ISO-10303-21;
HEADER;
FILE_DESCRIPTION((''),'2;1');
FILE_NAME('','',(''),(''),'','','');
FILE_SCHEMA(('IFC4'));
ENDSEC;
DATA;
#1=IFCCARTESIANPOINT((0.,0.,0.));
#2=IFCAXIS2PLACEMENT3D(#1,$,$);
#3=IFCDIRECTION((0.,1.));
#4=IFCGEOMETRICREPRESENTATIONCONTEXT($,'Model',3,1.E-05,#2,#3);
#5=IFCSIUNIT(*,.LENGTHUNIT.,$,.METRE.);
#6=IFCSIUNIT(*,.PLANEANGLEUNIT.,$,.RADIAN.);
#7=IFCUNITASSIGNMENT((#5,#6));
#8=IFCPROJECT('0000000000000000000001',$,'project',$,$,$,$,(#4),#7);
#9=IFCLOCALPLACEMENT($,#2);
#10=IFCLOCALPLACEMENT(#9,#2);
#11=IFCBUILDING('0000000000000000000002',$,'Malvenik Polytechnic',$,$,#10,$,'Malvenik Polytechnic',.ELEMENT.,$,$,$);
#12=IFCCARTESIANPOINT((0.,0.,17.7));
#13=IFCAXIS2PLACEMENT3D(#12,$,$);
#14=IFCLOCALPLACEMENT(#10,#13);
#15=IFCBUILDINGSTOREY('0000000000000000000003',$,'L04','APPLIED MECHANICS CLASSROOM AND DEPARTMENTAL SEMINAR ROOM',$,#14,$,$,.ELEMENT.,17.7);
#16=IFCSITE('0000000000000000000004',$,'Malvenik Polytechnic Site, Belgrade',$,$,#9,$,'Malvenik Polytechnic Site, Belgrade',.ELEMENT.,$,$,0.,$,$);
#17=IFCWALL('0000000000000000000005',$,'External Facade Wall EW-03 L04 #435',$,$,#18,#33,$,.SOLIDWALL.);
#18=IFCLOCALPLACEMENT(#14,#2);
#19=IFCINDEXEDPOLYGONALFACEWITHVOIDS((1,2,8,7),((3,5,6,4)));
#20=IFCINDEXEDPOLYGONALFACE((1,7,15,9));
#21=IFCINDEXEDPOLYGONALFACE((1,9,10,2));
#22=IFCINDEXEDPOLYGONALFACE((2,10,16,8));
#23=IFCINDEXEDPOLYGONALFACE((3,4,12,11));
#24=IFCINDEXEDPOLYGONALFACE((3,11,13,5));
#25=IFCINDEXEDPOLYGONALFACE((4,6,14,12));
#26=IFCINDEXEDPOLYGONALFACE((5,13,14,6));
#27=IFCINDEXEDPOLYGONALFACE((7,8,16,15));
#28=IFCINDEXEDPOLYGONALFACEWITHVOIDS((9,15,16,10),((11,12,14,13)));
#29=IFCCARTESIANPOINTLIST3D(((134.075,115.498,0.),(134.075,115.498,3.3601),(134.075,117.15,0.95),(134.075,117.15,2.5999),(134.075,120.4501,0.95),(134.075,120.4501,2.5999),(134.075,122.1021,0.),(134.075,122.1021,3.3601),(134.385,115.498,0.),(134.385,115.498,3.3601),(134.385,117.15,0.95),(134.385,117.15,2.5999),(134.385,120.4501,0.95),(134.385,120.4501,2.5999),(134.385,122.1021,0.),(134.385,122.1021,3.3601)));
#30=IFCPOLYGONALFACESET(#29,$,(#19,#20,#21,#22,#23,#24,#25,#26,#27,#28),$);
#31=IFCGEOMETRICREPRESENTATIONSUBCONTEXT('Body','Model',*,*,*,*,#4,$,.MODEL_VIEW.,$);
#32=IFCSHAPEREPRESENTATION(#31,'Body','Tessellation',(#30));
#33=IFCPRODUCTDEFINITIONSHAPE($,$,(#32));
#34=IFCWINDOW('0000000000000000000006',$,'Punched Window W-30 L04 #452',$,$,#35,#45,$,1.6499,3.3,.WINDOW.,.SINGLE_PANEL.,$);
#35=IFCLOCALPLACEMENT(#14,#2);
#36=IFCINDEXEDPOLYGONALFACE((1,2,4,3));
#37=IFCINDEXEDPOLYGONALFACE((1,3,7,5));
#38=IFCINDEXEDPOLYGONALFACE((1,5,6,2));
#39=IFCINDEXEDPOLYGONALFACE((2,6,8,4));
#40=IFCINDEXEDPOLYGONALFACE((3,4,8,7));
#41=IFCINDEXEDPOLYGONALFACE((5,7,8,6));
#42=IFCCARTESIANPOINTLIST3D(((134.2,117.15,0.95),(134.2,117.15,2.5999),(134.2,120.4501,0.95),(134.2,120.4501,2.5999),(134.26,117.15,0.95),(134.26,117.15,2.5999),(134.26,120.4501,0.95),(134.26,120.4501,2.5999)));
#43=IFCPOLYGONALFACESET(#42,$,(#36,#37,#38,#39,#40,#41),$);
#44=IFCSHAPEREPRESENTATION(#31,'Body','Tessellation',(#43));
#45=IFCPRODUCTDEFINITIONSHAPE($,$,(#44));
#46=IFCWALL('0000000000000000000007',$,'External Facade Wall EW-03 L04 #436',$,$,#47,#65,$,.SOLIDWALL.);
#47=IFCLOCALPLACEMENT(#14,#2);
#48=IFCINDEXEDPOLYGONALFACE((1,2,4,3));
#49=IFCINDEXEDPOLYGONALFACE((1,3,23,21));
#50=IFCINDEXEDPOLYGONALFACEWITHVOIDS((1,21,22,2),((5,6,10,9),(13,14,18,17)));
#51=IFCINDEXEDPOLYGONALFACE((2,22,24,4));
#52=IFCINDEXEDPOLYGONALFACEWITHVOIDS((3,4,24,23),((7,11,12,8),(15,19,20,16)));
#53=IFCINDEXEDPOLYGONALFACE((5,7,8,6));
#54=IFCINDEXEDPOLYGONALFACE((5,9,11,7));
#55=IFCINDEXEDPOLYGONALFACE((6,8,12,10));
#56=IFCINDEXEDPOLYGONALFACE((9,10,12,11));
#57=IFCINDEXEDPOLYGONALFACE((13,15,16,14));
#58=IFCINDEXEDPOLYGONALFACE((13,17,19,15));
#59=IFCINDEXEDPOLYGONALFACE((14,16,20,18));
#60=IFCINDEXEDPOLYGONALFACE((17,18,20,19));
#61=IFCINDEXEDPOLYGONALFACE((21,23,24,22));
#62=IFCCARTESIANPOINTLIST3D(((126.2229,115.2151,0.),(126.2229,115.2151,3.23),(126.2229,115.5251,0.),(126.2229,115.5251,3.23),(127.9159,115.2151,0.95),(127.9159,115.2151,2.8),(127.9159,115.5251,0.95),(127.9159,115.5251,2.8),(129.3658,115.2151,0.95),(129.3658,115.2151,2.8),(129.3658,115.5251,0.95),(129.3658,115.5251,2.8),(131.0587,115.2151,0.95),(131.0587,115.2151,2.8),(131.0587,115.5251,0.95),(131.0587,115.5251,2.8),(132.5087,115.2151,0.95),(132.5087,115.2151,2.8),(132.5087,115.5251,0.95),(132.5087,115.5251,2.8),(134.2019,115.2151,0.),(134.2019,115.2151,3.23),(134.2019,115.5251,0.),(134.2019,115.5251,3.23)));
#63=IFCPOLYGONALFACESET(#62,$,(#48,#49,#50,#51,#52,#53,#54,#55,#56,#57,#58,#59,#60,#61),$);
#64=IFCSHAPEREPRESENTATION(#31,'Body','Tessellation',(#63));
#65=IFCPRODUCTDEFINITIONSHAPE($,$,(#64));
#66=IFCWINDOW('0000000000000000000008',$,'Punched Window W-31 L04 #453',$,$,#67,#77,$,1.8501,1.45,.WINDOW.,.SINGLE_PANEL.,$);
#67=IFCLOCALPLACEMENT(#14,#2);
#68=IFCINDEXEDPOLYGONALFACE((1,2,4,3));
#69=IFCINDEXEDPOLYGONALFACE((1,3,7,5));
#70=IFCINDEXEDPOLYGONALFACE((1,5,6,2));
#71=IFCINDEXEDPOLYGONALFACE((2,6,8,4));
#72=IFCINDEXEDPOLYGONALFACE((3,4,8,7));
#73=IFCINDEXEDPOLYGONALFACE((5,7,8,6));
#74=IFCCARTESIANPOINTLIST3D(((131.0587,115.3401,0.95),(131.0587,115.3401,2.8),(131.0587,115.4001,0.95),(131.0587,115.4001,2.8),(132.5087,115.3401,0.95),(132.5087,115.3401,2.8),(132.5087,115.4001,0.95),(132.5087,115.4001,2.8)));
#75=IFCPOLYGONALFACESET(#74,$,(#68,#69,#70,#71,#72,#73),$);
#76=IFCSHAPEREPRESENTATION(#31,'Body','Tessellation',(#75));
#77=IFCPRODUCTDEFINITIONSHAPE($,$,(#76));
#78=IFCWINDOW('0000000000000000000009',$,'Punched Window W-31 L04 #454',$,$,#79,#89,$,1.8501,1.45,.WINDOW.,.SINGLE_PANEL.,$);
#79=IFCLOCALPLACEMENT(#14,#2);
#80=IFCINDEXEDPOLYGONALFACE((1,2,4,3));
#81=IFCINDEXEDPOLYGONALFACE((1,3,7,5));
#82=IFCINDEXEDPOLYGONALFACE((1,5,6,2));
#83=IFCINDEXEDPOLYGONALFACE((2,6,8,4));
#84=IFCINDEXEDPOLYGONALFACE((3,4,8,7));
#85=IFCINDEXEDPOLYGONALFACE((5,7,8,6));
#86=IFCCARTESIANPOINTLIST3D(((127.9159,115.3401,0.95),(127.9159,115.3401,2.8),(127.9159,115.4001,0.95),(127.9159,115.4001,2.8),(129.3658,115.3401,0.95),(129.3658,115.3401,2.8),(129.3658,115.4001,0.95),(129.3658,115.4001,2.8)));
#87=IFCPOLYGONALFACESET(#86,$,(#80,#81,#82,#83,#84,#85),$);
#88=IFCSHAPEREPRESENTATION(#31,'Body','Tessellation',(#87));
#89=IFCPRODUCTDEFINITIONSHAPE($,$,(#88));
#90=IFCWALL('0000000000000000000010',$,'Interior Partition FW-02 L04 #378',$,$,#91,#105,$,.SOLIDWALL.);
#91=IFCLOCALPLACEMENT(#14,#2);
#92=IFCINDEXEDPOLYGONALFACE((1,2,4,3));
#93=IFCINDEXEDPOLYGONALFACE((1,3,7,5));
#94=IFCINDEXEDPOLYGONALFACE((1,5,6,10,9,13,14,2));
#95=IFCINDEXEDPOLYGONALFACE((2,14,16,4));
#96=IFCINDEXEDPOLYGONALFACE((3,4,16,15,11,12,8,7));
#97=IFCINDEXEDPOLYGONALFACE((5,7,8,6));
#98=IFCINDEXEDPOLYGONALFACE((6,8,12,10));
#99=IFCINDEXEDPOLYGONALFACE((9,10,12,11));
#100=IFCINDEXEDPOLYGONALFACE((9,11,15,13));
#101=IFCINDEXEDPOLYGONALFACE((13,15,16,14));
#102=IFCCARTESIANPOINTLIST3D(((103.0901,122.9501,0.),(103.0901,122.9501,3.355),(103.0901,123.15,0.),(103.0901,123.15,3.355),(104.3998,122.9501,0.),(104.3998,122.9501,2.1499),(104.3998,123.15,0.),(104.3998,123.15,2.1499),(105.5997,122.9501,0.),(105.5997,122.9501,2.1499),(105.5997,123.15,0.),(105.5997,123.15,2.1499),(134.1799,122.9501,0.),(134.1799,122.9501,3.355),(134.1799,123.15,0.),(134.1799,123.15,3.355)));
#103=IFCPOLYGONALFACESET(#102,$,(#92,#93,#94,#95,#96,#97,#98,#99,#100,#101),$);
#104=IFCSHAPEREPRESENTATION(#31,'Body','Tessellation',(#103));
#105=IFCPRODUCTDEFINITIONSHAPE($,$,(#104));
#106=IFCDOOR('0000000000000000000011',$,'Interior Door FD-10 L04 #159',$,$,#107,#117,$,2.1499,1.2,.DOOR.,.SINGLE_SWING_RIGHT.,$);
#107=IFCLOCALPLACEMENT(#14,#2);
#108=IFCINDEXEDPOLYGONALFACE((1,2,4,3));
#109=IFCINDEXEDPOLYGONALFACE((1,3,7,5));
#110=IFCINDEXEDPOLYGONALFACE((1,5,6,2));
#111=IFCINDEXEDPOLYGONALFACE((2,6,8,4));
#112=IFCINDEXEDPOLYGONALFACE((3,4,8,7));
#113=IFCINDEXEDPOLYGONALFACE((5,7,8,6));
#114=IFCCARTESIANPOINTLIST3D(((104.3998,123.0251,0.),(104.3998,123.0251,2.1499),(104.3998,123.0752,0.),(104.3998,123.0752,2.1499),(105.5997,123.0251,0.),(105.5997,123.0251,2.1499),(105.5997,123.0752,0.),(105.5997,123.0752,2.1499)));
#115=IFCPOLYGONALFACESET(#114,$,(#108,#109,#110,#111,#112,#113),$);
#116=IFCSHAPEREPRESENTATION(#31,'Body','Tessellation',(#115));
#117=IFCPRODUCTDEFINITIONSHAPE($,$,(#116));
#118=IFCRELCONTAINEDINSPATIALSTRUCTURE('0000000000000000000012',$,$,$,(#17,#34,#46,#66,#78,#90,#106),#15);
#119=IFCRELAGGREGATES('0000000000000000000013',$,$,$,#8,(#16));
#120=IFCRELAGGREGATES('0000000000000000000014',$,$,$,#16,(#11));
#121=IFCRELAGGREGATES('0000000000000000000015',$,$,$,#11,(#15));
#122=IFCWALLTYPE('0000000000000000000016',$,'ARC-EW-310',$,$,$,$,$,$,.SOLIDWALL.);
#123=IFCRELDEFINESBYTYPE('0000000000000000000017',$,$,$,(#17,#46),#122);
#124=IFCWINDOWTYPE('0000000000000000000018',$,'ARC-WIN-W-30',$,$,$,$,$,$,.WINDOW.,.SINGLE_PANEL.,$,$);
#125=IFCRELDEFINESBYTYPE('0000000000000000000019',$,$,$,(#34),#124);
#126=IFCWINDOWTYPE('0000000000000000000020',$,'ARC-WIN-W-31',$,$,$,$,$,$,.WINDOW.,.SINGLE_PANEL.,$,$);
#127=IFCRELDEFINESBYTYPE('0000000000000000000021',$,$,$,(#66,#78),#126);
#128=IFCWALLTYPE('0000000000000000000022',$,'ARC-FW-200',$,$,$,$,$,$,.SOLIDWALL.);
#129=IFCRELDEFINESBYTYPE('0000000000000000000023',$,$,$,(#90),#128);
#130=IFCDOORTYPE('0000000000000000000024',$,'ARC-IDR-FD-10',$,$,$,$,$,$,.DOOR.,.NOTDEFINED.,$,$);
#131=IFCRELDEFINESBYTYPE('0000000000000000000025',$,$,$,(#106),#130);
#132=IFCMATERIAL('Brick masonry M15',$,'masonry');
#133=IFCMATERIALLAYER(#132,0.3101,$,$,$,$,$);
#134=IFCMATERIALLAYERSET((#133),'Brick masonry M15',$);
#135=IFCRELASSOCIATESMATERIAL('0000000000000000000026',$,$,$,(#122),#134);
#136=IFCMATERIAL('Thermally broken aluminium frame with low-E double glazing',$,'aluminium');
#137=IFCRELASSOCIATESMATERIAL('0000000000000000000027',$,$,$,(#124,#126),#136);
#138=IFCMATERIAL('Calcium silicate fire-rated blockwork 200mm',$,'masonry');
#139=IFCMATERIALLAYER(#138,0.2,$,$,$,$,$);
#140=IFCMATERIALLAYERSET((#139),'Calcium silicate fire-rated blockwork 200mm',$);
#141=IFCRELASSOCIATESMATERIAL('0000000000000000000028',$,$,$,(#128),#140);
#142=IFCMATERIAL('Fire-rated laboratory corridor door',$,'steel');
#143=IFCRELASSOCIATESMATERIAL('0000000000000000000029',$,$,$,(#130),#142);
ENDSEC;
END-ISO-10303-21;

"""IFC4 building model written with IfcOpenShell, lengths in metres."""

from ifc_helpers import new_model, si_unit, direction, frame, frame_2d, origin, place, context, subcontext, project, spatial, rectangle, extrude, material, layer, layer_set, type_object, element, fill, save


model = new_model("IFC4")

# Units and contexts
model_context = context("Model", 3, precision=1e-05, world=origin(), true_north=direction((0.0, 1.0)))
body_context = subcontext(model_context, "Body", "Model", "MODEL_VIEW")
ifc_project = project(units=[si_unit("LENGTHUNIT", "METRE"), si_unit("PLANEANGLEUNIT", "RADIAN")], contexts=[model_context])

# Site, building, storey
site_placement = place(None, origin())
site = spatial("IfcSite", under=ifc_project, at=site_placement, Name="Malvenik Polytechnic Site, Belgrade", LongName="Malvenik Polytechnic Site, Belgrade", CompositionType="ELEMENT", RefElevation=0.0)
building_placement = place(site_placement, origin())
building = spatial("IfcBuilding", under=site, at=building_placement, Name="Malvenik Polytechnic", LongName="Malvenik Polytechnic", CompositionType="ELEMENT")
storey_placement = place(building_placement, frame((0.0, 0.0, 17.7)))
storey = spatial("IfcBuildingStorey", under=building, at=storey_placement, Name="L04", Description="APPLIED MECHANICS CLASSROOM AND DEPARTMENTAL SEMINAR ROOM", CompositionType="ELEMENT", Elevation=17.7)

# Shared definitions
ifc_material_1 = material(Name="Brick masonry M15", Category="masonry")
ifc_layer_1 = layer(ifc_material_1, 0.3101)
ifc_layer_set_1 = layer_set([ifc_layer_1], Name="Brick masonry M15")
wall_type_1 = type_object("IfcWallType", Name="ARC-EW-310", PredefinedType="SOLIDWALL", material=ifc_layer_set_1)
ifc_material_2 = material(Name="Thermally broken aluminium frame with low-E double glazing", Category="aluminium")

# Wall, opening, window
wall_1_placement = place(storey_placement, frame((134.23, 122.1021, 0.0), z_axis=(0.0, 0.0, 1.0), x_axis=(0.0, -1.0, 0.0)))
wall_1 = element("IfcWall", 1, at=wall_1_placement, inside=storey, type_object=wall_type_1, Name="External Facade Wall EW-03 L04 #435", PredefinedType="SOLIDWALL", context=body_context, shape_type="SweptSolid", body=[
    extrude(rectangle(XDim=6.604, YDim=0.3101, at=frame_2d((3.302, 0.0))), origin(), (0.0, 0.0, 1.0), 3.3601),
])
opening_1_placement = place(wall_1_placement, frame((1.6521, 0.0, 0.95)))
opening_1 = element("IfcOpeningElement", 2, at=opening_1_placement, cuts=wall_1, PredefinedType="OPENING", context=body_context, shape_type="SweptSolid", body=[
    extrude(rectangle(XDim=3.3, YDim=1.6499, at=frame_2d((1.6499, 0.825))), frame((0.0, 0.165, 0.0), z_axis=(0.0, -1.0, 0.0), x_axis=(1.0, 0.0, 0.0)), (0.0, 0.0, 1.0), 0.3301),
])
window_type_1 = type_object("IfcWindowType", Name="ARC-WIN-W-30", PartitioningType="SINGLE_PANEL", PredefinedType="WINDOW", material=ifc_material_2)
window_1_placement = place(opening_1_placement, origin())
window_1 = element("IfcWindow", 3, at=window_1_placement, inside=storey, type_object=window_type_1, Name="Punched Window W-30 L04 #452", OverallHeight=1.6499, OverallWidth=3.3, PartitioningType="SINGLE_PANEL", PredefinedType="WINDOW", context=body_context, shape_type="SweptSolid", body=[
    extrude(rectangle(XDim=3.3, YDim=1.6499, at=frame_2d((1.6499, 0.825))), frame((0.0, 0.03, 0.0), z_axis=(0.0, -1.0, 0.0), x_axis=(1.0, 0.0, 0.0)), (0.0, 0.0, 1.0), 0.0601),
])
fill(opening_1, window_1)

# Wall, openings, windows
wall_2_placement = place(storey_placement, frame((134.2019, 115.3701, 0.0), z_axis=(0.0, 0.0, 1.0), x_axis=(-1.0, 0.0, 0.0)))
wall_2 = element("IfcWall", 4, at=wall_2_placement, inside=storey, type_object=wall_type_1, Name="External Facade Wall EW-03 L04 #436", PredefinedType="SOLIDWALL", context=body_context, shape_type="SweptSolid", body=[
    extrude(rectangle(XDim=7.979, YDim=0.3101, at=frame_2d((3.9895, 0.0))), origin(), (0.0, 0.0, 1.0), 3.23),
])
opening_2_placement = place(wall_2_placement, frame((1.6931, 0.0, 0.95)))
opening_2 = element("IfcOpeningElement", 5, at=opening_2_placement, cuts=wall_2, PredefinedType="OPENING", context=body_context, shape_type="SweptSolid", body=[
    extrude(rectangle(XDim=1.45, YDim=1.8501, at=frame_2d((0.7251, 0.925))), frame((0.0, 0.165, 0.0), z_axis=(0.0, -1.0, 0.0), x_axis=(1.0, 0.0, 0.0)), (0.0, 0.0, 1.0), 0.3301),
])
opening_3_placement = place(wall_2_placement, frame((4.8359, 0.0, 0.95)))
opening_3 = element("IfcOpeningElement", 6, at=opening_3_placement, cuts=wall_2, PredefinedType="OPENING", context=body_context, shape_type="SweptSolid", body=[
    extrude(rectangle(XDim=1.45, YDim=1.8501, at=frame_2d((0.7251, 0.925))), frame((0.0, 0.165, 0.0), z_axis=(0.0, -1.0, 0.0), x_axis=(1.0, 0.0, 0.0)), (0.0, 0.0, 1.0), 0.3301),
])
window_type_2 = type_object("IfcWindowType", Name="ARC-WIN-W-31", PartitioningType="SINGLE_PANEL", PredefinedType="WINDOW", material=ifc_material_2)
window_2_placement = place(opening_2_placement, origin())
window_2 = element("IfcWindow", 7, at=window_2_placement, inside=storey, type_object=window_type_2, Name="Punched Window W-31 L04 #453", OverallHeight=1.8501, OverallWidth=1.45, PartitioningType="SINGLE_PANEL", PredefinedType="WINDOW", context=body_context, shape_type="SweptSolid", body=[
    extrude(rectangle(XDim=1.45, YDim=1.8501, at=frame_2d((0.7251, 0.925))), frame((0.0, 0.03, 0.0), z_axis=(0.0, -1.0, 0.0), x_axis=(1.0, 0.0, 0.0)), (0.0, 0.0, 1.0), 0.0601),
])
fill(opening_2, window_2)
window_3_placement = place(opening_3_placement, origin())
window_3 = element("IfcWindow", 8, at=window_3_placement, inside=storey, type_object=window_type_2, Name="Punched Window W-31 L04 #454", OverallHeight=1.8501, OverallWidth=1.45, PartitioningType="SINGLE_PANEL", PredefinedType="WINDOW", context=body_context, shape_type="SweptSolid", body=[
    extrude(rectangle(XDim=1.45, YDim=1.8501, at=frame_2d((0.7251, 0.925))), frame((0.0, 0.03, 0.0), z_axis=(0.0, -1.0, 0.0), x_axis=(1.0, 0.0, 0.0)), (0.0, 0.0, 1.0), 0.0601),
])
fill(opening_3, window_3)

# Wall, opening, door
ifc_material_3 = material(Name="Calcium silicate fire-rated blockwork 200mm", Category="masonry")
ifc_layer_2 = layer(ifc_material_3, 0.2)
ifc_layer_set_2 = layer_set([ifc_layer_2], Name="Calcium silicate fire-rated blockwork 200mm")
wall_type_2 = type_object("IfcWallType", Name="ARC-FW-200", PredefinedType="SOLIDWALL", material=ifc_layer_set_2)
wall_3_placement = place(storey_placement, frame((134.1799, 123.05, 0.0), z_axis=(0.0, 0.0, 1.0), x_axis=(-1.0, 0.0, 0.0)))
wall_3 = element("IfcWall", 9, at=wall_3_placement, inside=storey, type_object=wall_type_2, Name="Interior Partition FW-02 L04 #378", PredefinedType="SOLIDWALL", context=body_context, shape_type="SweptSolid", body=[
    extrude(rectangle(XDim=31.0898, YDim=0.2, at=frame_2d((15.5449, 0.0))), origin(), (0.0, 0.0, 1.0), 3.355),
])
opening_4_placement = place(wall_3_placement, frame((28.5801, 0.0, 0.0)))
opening_4 = element("IfcOpeningElement", 10, at=opening_4_placement, cuts=wall_3, PredefinedType="OPENING", context=body_context, shape_type="SweptSolid", body=[
    extrude(rectangle(XDim=1.2, YDim=2.1499, at=frame_2d((0.6001, 1.075))), frame((0.0, 0.1099, 0.0), z_axis=(0.0, -1.0, 0.0), x_axis=(1.0, 0.0, 0.0)), (0.0, 0.0, 1.0), 0.22),
])
ifc_material_4 = material(Name="Fire-rated laboratory corridor door", Category="steel")
door_type = type_object("IfcDoorType", Name="ARC-IDR-FD-10", OperationType="NOTDEFINED", PredefinedType="DOOR", material=ifc_material_4)
door_placement = place(opening_4_placement, origin())
door = element("IfcDoor", 11, at=door_placement, inside=storey, type_object=door_type, Name="Interior Door FD-10 L04 #159", OperationType="SINGLE_SWING_RIGHT", OverallHeight=2.1499, OverallWidth=1.2, PredefinedType="DOOR", context=body_context, shape_type="SweptSolid", body=[
    extrude(rectangle(XDim=1.2, YDim=2.1499, at=frame_2d((0.6001, 1.075))), frame((0.0, 0.0249, 0.0), z_axis=(0.0, -1.0, 0.0), x_axis=(1.0, 0.0, 0.0)), (0.0, 0.0, 1.0), 0.05),
])
fill(opening_4, door)

save(model, "model.ifc")
